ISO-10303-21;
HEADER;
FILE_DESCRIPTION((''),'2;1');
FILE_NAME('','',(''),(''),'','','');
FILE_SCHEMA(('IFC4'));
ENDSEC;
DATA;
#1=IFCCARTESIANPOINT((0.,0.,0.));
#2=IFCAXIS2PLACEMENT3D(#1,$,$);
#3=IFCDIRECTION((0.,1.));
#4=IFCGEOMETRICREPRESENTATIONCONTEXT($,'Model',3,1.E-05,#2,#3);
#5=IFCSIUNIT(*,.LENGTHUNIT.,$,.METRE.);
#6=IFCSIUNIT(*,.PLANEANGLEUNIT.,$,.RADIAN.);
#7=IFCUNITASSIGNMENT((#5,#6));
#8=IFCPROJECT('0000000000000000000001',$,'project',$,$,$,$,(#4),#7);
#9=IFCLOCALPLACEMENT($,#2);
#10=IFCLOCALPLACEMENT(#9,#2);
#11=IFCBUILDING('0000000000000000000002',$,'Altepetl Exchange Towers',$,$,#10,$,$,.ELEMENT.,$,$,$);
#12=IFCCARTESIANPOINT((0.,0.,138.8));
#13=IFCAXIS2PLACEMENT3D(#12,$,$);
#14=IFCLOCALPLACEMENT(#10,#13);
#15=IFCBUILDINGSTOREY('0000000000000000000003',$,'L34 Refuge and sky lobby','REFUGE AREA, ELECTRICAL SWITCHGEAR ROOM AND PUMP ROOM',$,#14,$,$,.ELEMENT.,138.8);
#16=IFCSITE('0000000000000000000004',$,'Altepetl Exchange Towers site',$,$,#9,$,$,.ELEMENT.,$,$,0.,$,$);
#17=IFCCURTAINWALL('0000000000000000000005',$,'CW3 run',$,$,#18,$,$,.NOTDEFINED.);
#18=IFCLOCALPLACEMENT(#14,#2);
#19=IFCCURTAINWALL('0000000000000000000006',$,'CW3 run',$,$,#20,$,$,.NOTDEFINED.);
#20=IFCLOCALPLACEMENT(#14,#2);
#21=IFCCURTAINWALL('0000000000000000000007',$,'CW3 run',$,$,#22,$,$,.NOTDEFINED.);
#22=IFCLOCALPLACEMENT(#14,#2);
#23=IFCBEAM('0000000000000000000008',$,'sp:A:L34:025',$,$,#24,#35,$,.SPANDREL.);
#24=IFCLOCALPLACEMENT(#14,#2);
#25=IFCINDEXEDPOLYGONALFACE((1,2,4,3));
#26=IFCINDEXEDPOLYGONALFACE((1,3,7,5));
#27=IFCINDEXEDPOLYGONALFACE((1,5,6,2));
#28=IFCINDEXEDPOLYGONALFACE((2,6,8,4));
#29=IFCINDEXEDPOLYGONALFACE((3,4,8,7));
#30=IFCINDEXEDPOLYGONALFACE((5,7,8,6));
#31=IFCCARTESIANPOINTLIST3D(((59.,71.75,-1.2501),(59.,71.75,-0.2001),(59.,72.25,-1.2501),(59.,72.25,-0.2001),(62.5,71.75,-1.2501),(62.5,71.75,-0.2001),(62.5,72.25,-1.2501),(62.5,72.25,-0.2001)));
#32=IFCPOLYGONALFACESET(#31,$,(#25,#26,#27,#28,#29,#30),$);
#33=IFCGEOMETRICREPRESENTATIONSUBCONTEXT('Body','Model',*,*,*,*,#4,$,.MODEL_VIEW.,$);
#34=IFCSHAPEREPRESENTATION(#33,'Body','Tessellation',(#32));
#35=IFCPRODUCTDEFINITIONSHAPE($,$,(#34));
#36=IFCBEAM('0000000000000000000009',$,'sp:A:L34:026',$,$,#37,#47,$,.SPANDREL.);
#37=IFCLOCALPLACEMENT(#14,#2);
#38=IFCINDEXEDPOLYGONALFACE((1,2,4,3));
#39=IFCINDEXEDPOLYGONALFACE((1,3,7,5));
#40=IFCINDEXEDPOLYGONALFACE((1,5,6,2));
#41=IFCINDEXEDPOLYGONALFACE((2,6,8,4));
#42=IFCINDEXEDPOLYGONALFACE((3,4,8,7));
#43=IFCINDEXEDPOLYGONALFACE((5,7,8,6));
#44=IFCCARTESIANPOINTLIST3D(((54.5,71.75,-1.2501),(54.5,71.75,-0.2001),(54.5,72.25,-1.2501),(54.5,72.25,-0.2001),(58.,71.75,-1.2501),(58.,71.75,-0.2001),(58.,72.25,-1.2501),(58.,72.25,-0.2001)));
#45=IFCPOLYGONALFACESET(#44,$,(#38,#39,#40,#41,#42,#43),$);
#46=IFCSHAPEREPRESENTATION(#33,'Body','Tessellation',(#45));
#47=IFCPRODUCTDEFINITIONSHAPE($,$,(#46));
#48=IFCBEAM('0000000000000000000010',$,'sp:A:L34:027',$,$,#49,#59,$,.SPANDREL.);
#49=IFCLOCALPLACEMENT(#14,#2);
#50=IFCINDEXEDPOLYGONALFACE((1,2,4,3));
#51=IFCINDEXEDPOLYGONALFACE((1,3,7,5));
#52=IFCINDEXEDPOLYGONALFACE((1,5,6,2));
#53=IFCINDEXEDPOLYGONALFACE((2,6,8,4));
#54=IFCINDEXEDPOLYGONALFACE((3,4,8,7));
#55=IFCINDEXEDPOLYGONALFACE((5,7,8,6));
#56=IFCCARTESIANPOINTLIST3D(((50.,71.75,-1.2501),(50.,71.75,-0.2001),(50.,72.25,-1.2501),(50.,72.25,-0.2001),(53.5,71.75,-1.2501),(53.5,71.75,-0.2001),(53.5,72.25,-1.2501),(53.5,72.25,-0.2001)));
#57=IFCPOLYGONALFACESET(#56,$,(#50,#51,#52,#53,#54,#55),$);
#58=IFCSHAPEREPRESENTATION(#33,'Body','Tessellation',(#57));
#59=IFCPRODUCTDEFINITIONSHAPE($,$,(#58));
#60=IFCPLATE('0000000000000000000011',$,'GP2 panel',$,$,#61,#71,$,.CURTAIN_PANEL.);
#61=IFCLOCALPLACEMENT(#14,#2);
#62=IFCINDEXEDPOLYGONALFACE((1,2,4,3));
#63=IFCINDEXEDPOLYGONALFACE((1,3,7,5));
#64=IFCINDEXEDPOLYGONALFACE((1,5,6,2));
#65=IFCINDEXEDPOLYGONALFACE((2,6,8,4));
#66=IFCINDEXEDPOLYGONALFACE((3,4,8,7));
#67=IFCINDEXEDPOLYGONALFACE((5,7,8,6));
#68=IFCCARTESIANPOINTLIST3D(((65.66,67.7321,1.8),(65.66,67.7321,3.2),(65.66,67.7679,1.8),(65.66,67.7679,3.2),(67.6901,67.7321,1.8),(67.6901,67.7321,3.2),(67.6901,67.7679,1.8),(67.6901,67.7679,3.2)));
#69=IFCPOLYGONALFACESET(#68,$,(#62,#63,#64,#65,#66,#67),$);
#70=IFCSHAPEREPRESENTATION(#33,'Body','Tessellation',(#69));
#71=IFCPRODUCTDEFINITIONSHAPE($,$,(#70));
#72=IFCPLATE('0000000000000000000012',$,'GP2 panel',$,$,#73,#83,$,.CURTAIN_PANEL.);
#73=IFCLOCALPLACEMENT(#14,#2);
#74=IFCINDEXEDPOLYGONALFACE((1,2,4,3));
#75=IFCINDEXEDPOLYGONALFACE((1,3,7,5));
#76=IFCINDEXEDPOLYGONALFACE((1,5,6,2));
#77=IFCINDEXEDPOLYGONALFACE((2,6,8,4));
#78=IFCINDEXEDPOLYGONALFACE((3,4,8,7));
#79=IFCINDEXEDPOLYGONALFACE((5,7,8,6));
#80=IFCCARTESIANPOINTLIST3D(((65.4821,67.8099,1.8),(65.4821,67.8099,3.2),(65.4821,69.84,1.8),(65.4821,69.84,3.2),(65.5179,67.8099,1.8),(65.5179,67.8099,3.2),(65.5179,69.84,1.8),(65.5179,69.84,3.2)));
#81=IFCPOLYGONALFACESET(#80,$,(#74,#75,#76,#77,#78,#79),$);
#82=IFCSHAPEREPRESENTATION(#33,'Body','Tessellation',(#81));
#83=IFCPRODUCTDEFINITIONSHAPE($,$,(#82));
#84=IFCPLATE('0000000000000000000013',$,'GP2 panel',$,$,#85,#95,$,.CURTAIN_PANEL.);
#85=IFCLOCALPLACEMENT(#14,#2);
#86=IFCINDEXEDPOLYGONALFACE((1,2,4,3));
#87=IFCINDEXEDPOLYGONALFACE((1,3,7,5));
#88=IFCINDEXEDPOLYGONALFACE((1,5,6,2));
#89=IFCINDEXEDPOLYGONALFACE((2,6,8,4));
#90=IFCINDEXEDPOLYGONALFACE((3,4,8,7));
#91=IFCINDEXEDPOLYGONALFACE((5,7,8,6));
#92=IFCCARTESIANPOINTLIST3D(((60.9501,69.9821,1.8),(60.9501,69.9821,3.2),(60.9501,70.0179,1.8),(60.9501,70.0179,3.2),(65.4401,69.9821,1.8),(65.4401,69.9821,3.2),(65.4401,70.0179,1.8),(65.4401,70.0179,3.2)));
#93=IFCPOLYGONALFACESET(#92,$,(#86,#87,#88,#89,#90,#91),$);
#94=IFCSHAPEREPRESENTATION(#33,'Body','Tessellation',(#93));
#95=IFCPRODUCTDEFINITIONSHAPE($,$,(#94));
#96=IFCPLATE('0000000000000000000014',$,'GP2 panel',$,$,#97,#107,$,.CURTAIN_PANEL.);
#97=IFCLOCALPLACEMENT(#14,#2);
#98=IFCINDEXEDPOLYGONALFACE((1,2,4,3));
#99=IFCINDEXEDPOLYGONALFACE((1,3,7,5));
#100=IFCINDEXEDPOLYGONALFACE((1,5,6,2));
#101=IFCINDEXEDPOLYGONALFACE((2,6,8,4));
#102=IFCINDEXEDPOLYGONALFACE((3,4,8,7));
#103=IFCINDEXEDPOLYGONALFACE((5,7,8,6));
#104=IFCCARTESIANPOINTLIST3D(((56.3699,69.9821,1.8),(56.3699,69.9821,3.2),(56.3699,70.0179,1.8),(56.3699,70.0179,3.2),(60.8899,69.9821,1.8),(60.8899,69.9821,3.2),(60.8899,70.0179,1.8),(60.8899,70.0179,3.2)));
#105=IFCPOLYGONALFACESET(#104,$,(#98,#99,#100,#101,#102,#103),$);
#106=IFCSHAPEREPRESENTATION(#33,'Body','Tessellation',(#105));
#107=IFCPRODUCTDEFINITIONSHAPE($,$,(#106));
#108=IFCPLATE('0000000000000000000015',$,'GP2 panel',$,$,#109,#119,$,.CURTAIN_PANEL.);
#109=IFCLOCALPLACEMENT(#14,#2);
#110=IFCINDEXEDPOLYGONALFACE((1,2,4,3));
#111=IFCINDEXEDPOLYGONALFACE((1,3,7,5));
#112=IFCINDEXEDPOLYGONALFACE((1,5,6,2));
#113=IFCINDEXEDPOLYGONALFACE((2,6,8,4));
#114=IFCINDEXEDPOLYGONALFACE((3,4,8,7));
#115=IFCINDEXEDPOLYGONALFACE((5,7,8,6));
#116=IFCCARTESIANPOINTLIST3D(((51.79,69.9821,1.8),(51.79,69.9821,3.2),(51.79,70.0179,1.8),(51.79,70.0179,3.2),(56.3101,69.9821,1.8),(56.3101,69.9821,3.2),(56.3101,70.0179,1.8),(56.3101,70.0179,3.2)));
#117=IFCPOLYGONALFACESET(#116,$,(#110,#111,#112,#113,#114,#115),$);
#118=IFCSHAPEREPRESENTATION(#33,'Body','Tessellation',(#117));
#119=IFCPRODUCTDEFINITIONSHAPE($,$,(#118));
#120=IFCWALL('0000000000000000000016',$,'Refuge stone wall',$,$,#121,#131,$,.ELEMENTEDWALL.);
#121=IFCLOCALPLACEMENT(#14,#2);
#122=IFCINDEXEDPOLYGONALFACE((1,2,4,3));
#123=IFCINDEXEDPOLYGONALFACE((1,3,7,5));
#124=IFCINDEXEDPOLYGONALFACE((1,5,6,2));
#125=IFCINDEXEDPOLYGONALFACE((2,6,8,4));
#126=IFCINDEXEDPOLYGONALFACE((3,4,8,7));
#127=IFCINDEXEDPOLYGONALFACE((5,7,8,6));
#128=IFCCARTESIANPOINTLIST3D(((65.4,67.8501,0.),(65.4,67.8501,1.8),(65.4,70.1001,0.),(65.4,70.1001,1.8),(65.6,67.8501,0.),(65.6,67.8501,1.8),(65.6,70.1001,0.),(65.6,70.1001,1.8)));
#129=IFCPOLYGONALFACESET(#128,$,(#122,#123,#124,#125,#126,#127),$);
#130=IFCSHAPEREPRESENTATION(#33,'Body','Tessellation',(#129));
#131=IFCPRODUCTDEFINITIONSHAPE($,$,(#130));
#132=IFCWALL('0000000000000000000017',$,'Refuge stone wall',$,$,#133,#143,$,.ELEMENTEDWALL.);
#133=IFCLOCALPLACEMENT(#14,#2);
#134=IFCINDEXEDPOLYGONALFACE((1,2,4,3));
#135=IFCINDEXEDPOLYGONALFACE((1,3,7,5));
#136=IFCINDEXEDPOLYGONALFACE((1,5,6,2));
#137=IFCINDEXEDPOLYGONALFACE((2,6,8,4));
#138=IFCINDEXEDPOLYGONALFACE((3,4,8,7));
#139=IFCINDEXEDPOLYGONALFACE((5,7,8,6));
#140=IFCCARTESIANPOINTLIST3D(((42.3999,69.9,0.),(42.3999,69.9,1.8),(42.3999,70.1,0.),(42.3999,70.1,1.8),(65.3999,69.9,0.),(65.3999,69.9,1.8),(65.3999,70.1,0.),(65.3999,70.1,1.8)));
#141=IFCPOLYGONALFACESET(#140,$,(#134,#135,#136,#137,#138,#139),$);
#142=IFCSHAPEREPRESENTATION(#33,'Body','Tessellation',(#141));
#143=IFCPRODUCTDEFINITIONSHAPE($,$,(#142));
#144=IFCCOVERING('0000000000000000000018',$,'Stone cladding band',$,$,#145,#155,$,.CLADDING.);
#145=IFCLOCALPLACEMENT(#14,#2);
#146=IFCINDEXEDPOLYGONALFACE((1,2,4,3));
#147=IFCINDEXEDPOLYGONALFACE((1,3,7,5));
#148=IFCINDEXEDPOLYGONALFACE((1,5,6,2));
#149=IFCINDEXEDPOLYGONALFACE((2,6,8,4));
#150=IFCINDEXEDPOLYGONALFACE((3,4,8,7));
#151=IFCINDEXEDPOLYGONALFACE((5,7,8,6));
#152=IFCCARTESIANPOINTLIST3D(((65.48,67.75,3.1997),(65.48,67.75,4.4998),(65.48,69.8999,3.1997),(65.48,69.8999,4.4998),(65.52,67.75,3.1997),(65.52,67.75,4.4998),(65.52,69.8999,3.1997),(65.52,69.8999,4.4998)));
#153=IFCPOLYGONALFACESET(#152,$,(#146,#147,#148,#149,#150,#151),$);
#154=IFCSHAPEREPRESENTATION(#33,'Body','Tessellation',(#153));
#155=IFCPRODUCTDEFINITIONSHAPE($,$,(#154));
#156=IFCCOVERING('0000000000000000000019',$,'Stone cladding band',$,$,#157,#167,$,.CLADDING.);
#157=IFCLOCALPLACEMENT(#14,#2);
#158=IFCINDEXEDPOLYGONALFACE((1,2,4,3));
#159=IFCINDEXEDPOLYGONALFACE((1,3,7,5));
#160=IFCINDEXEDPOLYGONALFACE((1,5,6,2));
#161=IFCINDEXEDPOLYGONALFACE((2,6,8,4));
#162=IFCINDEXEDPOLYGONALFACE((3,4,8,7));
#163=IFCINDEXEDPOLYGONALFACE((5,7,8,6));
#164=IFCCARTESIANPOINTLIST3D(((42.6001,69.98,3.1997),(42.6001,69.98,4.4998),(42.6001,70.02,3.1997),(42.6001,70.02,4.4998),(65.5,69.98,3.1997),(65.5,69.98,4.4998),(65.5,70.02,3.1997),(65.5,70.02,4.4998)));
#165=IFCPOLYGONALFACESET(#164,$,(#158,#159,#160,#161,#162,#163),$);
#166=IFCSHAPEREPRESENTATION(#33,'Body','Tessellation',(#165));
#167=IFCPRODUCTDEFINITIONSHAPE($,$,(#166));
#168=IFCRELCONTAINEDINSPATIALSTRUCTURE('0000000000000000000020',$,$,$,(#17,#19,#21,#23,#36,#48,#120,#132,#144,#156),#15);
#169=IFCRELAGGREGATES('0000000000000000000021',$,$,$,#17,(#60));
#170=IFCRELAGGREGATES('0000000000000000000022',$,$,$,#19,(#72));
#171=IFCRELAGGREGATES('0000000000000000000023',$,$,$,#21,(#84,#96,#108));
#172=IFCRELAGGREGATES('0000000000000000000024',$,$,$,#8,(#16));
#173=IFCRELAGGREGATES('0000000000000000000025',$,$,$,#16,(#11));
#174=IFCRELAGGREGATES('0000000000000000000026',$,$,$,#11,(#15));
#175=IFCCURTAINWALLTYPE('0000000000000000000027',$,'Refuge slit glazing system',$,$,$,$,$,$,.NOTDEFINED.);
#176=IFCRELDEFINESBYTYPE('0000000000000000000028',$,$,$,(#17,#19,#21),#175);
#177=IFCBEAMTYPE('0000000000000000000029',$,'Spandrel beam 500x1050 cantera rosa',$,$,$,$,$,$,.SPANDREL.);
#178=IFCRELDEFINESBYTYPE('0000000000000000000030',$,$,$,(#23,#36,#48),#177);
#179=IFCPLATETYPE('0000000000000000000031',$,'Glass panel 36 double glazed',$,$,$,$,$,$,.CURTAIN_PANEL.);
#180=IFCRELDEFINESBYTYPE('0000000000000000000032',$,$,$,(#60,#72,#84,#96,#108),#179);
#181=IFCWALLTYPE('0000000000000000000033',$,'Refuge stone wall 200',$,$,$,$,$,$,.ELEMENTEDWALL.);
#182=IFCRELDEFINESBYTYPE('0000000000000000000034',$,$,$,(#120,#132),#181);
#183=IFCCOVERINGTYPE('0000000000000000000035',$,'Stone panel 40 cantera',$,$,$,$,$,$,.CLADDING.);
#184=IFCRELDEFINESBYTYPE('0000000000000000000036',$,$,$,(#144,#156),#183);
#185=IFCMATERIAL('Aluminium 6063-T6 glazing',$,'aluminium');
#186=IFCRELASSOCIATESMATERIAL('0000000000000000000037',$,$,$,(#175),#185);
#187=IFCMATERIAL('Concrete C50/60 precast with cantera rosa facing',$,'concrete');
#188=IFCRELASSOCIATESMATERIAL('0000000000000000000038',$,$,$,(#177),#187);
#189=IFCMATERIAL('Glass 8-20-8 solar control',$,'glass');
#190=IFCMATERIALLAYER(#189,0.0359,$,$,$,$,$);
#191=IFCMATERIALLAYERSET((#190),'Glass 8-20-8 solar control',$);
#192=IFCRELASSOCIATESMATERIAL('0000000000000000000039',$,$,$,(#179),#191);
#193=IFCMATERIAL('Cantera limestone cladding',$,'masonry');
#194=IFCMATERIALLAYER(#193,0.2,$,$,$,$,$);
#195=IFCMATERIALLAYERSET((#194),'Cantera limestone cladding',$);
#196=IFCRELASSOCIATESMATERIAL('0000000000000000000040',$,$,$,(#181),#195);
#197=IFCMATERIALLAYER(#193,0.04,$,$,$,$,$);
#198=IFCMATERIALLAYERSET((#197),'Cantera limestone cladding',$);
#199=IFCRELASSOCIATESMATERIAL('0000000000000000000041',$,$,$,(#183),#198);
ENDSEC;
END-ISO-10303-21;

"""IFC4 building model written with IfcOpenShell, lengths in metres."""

from ifc_helpers import new_model, si_unit, direction, frame, frame_2d, origin, origin_2d, place, context, subcontext, project, spatial, rectangle, extrude, material, layer, layer_set, material_profile, profile_set, type_object, element, aggregate, save


model = new_model("IFC4")

# Units and contexts
model_context = context("Model", 3, precision=1e-05, world=origin(), true_north=direction((0.0, 1.0)))
body_context = subcontext(model_context, "Body", "Model", "MODEL_VIEW")
ifc_project = project(units=[si_unit("LENGTHUNIT", "METRE"), si_unit("PLANEANGLEUNIT", "RADIAN")], contexts=[model_context])

# Site, building, storey
site_placement = place(None, origin())
site = spatial("IfcSite", under=ifc_project, at=site_placement, Name="Altepetl Exchange Towers site", CompositionType="ELEMENT", RefElevation=0.0)
building_placement = place(site_placement, origin())
building = spatial("IfcBuilding", under=site, at=building_placement, Name="Altepetl Exchange Towers", CompositionType="ELEMENT")
storey_placement = place(building_placement, frame((0.0, 0.0, 138.8)))
storey = spatial("IfcBuildingStorey", under=building, at=storey_placement, Name="L34 Refuge and sky lobby", Description="REFUGE AREA, ELECTRICAL SWITCHGEAR ROOM AND PUMP ROOM", CompositionType="ELEMENT", Elevation=138.8)

# Curtain wall
ifc_material_1 = material(Name="Aluminium 6063-T6 glazing", Category="aluminium")
curtain_wall_type = type_object("IfcCurtainWallType", Name="Refuge slit glazing system", PredefinedType="NOTDEFINED", material=ifc_material_1)
curtain_wall_1_placement = place(storey_placement, origin())
curtain_wall_1 = element("IfcCurtainWall", 1, at=curtain_wall_1_placement, inside=storey, type_object=curtain_wall_type, Name="CW3 run", PredefinedType="NOTDEFINED")

# Curtain walls
curtain_wall_2_placement = place(storey_placement, origin())
curtain_wall_2 = element("IfcCurtainWall", 2, at=curtain_wall_2_placement, inside=storey, type_object=curtain_wall_type, Name="CW3 run", PredefinedType="NOTDEFINED")
curtain_wall_3_placement = place(storey_placement, origin())
curtain_wall_3 = element("IfcCurtainWall", 3, at=curtain_wall_3_placement, inside=storey, type_object=curtain_wall_type, Name="CW3 run", PredefinedType="NOTDEFINED")

# Beams
ifc_material_2 = material(Name="Concrete C50/60 precast with cantera rosa facing", Category="concrete")
ifc_material_profile_1 = material_profile(ifc_material_2, rectangle(XDim=0.5, YDim=1.05, at=origin_2d()), Name="500 x 1050")
ifc_profile_set_1 = profile_set([ifc_material_profile_1], Name="Concrete C50/60 precast with cantera rosa facing")
beam_type = type_object("IfcBeamType", Name="Spandrel beam 500x1050 cantera rosa", PredefinedType="SPANDREL", material=ifc_profile_set_1)
for number, where, z_axis, x_axis, name in (
    (4, (62.5, 72.0, -0.7251), (-1.0, 0.0, 0.0), (0.0, -1.0, 0.0), "sp:A:L34:025"),
    (5, (58.0, 72.0, -0.7251), (-1.0, 0.0, 0.0), (0.0, -1.0, 0.0), "sp:A:L34:026"),
    (6, (53.5, 72.0, -0.7251), (-1.0, 0.0, 0.0), (0.0, -1.0, 0.0), "sp:A:L34:027"),
):
    element("IfcBeam", number, at=place(storey_placement, frame(where, z_axis=z_axis, x_axis=x_axis)), inside=storey, type_object=beam_type, Name=name, PredefinedType="SPANDREL", context=body_context, shape_type="SweptSolid", body=[
        extrude(rectangle(XDim=0.5, YDim=1.05, at=origin_2d()), origin(), (0.0, 0.0, 1.0), 3.5),
    ])

# Plates
ifc_material_3 = material(Name="Glass 8-20-8 solar control", Category="glass")
ifc_layer_1 = layer(ifc_material_3, 0.0359)
ifc_layer_set_1 = layer_set([ifc_layer_1], Name="Glass 8-20-8 solar control")
plate_type = type_object("IfcPlateType", Name="Glass panel 36 double glazed", PredefinedType="CURTAIN_PANEL", material=ifc_layer_set_1)
plate_1_placement = place(storey_placement, frame((66.675, 67.75, 1.8), z_axis=(0.0, 0.0, 1.0), x_axis=(-1.0, 0.0, 0.0)))
plate_1 = element("IfcPlate", 7, at=plate_1_placement, type_object=plate_type, Name="GP2 panel", PredefinedType="CURTAIN_PANEL", context=body_context, shape_type="SweptSolid", body=[
    extrude(rectangle(XDim=2.03, YDim=0.0359, at=origin_2d()), origin(), (0.0, 0.0, 1.0), 1.3999),
])
aggregate(curtain_wall_1, [plate_1])
plate_2_placement = place(storey_placement, frame((65.5, 68.825, 1.8), z_axis=(0.0, 0.0, 1.0), x_axis=(0.0, 1.0, 0.0)))
plate_2 = element("IfcPlate", 8, at=plate_2_placement, type_object=plate_type, Name="GP2 panel", PredefinedType="CURTAIN_PANEL", context=body_context, shape_type="SweptSolid", body=[
    extrude(rectangle(XDim=2.03, YDim=0.0359, at=origin_2d()), origin(), (0.0, 0.0, 1.0), 1.3999),
])
aggregate(curtain_wall_2, [plate_2])
plate_3_placement = place(storey_placement, frame((63.1951, 70.0, 1.8), z_axis=(0.0, 0.0, 1.0), x_axis=(-1.0, 0.0, 0.0)))
plate_3 = element("IfcPlate", 9, at=plate_3_placement, type_object=plate_type, Name="GP2 panel", PredefinedType="CURTAIN_PANEL", context=body_context, shape_type="SweptSolid", body=[
    extrude(rectangle(XDim=4.49, YDim=0.0359, at=origin_2d()), origin(), (0.0, 0.0, 1.0), 1.3999),
])
plate_4_placement = place(storey_placement, frame((58.6299, 70.0, 1.8), z_axis=(0.0, 0.0, 1.0), x_axis=(-1.0, 0.0, 0.0)))
plate_4 = element("IfcPlate", 10, at=plate_4_placement, type_object=plate_type, Name="GP2 panel", PredefinedType="CURTAIN_PANEL", context=body_context, shape_type="SweptSolid", body=[
    extrude(rectangle(XDim=4.52, YDim=0.0359, at=origin_2d()), origin(), (0.0, 0.0, 1.0), 1.3999),
])
plate_5_placement = place(storey_placement, frame((54.05, 70.0, 1.8), z_axis=(0.0, 0.0, 1.0), x_axis=(-1.0, 0.0, 0.0)))
plate_5 = element("IfcPlate", 11, at=plate_5_placement, type_object=plate_type, Name="GP2 panel", PredefinedType="CURTAIN_PANEL", context=body_context, shape_type="SweptSolid", body=[
    extrude(rectangle(XDim=4.52, YDim=0.0359, at=origin_2d()), origin(), (0.0, 0.0, 1.0), 1.3999),
])
aggregate(curtain_wall_3, [plate_3, plate_4, plate_5])

# Walls
ifc_material_4 = material(Name="Cantera limestone cladding", Category="masonry")
ifc_layer_2 = layer(ifc_material_4, 0.2)
ifc_layer_set_2 = layer_set([ifc_layer_2], Name="Cantera limestone cladding")
wall_type = type_object("IfcWallType", Name="Refuge stone wall 200", PredefinedType="ELEMENTEDWALL", material=ifc_layer_set_2)
wall_1_placement = place(storey_placement, frame((65.5, 67.8501, 0.0), z_axis=(0.0, 0.0, 1.0), x_axis=(0.0, 1.0, 0.0)))
element("IfcWall", 12, at=wall_1_placement, inside=storey, type_object=wall_type, Name="Refuge stone wall", PredefinedType="ELEMENTEDWALL", context=body_context, shape_type="SweptSolid", body=[
    extrude(rectangle(XDim=2.25, YDim=0.2, at=frame_2d((1.125, 0.0))), origin(), (0.0, 0.0, 1.0), 1.8),
])
wall_2_placement = place(storey_placement, frame((65.3999, 70.0, 0.0), z_axis=(0.0, 0.0, 1.0), x_axis=(-1.0, 0.0, 0.0)))
element("IfcWall", 13, at=wall_2_placement, inside=storey, type_object=wall_type, Name="Refuge stone wall", PredefinedType="ELEMENTEDWALL", context=body_context, shape_type="SweptSolid", body=[
    extrude(rectangle(XDim=23.0, YDim=0.2, at=frame_2d((11.5, 0.0))), origin(), (0.0, 0.0, 1.0), 1.8),
])

# Coverings
ifc_layer_3 = layer(ifc_material_4, 0.04)
ifc_layer_set_3 = layer_set([ifc_layer_3], Name="Cantera limestone cladding")
covering_type = type_object("IfcCoveringType", Name="Stone panel 40 cantera", PredefinedType="CLADDING", material=ifc_layer_set_3)
covering_1_placement = place(storey_placement, frame((65.5, 68.825, 3.1997), z_axis=(0.0, 0.0, 1.0), x_axis=(0.0, 1.0, 0.0)))
element("IfcCovering", 14, at=covering_1_placement, inside=storey, type_object=covering_type, Name="Stone cladding band", PredefinedType="CLADDING", context=body_context, shape_type="SweptSolid", body=[
    extrude(rectangle(XDim=2.1499, YDim=0.04, at=origin_2d()), origin(), (0.0, 0.0, 1.0), 1.3),
])
covering_2_placement = place(storey_placement, frame((54.05, 70.0, 3.1997), z_axis=(0.0, 0.0, 1.0), x_axis=(-1.0, 0.0, 0.0)))
element("IfcCovering", 15, at=covering_2_placement, inside=storey, type_object=covering_type, Name="Stone cladding band", PredefinedType="CLADDING", context=body_context, shape_type="SweptSolid", body=[
    extrude(rectangle(XDim=22.8999, YDim=0.04, at=origin_2d()), origin(), (0.0, 0.0, 1.0), 1.3),
])

save(model, "model.ifc")
